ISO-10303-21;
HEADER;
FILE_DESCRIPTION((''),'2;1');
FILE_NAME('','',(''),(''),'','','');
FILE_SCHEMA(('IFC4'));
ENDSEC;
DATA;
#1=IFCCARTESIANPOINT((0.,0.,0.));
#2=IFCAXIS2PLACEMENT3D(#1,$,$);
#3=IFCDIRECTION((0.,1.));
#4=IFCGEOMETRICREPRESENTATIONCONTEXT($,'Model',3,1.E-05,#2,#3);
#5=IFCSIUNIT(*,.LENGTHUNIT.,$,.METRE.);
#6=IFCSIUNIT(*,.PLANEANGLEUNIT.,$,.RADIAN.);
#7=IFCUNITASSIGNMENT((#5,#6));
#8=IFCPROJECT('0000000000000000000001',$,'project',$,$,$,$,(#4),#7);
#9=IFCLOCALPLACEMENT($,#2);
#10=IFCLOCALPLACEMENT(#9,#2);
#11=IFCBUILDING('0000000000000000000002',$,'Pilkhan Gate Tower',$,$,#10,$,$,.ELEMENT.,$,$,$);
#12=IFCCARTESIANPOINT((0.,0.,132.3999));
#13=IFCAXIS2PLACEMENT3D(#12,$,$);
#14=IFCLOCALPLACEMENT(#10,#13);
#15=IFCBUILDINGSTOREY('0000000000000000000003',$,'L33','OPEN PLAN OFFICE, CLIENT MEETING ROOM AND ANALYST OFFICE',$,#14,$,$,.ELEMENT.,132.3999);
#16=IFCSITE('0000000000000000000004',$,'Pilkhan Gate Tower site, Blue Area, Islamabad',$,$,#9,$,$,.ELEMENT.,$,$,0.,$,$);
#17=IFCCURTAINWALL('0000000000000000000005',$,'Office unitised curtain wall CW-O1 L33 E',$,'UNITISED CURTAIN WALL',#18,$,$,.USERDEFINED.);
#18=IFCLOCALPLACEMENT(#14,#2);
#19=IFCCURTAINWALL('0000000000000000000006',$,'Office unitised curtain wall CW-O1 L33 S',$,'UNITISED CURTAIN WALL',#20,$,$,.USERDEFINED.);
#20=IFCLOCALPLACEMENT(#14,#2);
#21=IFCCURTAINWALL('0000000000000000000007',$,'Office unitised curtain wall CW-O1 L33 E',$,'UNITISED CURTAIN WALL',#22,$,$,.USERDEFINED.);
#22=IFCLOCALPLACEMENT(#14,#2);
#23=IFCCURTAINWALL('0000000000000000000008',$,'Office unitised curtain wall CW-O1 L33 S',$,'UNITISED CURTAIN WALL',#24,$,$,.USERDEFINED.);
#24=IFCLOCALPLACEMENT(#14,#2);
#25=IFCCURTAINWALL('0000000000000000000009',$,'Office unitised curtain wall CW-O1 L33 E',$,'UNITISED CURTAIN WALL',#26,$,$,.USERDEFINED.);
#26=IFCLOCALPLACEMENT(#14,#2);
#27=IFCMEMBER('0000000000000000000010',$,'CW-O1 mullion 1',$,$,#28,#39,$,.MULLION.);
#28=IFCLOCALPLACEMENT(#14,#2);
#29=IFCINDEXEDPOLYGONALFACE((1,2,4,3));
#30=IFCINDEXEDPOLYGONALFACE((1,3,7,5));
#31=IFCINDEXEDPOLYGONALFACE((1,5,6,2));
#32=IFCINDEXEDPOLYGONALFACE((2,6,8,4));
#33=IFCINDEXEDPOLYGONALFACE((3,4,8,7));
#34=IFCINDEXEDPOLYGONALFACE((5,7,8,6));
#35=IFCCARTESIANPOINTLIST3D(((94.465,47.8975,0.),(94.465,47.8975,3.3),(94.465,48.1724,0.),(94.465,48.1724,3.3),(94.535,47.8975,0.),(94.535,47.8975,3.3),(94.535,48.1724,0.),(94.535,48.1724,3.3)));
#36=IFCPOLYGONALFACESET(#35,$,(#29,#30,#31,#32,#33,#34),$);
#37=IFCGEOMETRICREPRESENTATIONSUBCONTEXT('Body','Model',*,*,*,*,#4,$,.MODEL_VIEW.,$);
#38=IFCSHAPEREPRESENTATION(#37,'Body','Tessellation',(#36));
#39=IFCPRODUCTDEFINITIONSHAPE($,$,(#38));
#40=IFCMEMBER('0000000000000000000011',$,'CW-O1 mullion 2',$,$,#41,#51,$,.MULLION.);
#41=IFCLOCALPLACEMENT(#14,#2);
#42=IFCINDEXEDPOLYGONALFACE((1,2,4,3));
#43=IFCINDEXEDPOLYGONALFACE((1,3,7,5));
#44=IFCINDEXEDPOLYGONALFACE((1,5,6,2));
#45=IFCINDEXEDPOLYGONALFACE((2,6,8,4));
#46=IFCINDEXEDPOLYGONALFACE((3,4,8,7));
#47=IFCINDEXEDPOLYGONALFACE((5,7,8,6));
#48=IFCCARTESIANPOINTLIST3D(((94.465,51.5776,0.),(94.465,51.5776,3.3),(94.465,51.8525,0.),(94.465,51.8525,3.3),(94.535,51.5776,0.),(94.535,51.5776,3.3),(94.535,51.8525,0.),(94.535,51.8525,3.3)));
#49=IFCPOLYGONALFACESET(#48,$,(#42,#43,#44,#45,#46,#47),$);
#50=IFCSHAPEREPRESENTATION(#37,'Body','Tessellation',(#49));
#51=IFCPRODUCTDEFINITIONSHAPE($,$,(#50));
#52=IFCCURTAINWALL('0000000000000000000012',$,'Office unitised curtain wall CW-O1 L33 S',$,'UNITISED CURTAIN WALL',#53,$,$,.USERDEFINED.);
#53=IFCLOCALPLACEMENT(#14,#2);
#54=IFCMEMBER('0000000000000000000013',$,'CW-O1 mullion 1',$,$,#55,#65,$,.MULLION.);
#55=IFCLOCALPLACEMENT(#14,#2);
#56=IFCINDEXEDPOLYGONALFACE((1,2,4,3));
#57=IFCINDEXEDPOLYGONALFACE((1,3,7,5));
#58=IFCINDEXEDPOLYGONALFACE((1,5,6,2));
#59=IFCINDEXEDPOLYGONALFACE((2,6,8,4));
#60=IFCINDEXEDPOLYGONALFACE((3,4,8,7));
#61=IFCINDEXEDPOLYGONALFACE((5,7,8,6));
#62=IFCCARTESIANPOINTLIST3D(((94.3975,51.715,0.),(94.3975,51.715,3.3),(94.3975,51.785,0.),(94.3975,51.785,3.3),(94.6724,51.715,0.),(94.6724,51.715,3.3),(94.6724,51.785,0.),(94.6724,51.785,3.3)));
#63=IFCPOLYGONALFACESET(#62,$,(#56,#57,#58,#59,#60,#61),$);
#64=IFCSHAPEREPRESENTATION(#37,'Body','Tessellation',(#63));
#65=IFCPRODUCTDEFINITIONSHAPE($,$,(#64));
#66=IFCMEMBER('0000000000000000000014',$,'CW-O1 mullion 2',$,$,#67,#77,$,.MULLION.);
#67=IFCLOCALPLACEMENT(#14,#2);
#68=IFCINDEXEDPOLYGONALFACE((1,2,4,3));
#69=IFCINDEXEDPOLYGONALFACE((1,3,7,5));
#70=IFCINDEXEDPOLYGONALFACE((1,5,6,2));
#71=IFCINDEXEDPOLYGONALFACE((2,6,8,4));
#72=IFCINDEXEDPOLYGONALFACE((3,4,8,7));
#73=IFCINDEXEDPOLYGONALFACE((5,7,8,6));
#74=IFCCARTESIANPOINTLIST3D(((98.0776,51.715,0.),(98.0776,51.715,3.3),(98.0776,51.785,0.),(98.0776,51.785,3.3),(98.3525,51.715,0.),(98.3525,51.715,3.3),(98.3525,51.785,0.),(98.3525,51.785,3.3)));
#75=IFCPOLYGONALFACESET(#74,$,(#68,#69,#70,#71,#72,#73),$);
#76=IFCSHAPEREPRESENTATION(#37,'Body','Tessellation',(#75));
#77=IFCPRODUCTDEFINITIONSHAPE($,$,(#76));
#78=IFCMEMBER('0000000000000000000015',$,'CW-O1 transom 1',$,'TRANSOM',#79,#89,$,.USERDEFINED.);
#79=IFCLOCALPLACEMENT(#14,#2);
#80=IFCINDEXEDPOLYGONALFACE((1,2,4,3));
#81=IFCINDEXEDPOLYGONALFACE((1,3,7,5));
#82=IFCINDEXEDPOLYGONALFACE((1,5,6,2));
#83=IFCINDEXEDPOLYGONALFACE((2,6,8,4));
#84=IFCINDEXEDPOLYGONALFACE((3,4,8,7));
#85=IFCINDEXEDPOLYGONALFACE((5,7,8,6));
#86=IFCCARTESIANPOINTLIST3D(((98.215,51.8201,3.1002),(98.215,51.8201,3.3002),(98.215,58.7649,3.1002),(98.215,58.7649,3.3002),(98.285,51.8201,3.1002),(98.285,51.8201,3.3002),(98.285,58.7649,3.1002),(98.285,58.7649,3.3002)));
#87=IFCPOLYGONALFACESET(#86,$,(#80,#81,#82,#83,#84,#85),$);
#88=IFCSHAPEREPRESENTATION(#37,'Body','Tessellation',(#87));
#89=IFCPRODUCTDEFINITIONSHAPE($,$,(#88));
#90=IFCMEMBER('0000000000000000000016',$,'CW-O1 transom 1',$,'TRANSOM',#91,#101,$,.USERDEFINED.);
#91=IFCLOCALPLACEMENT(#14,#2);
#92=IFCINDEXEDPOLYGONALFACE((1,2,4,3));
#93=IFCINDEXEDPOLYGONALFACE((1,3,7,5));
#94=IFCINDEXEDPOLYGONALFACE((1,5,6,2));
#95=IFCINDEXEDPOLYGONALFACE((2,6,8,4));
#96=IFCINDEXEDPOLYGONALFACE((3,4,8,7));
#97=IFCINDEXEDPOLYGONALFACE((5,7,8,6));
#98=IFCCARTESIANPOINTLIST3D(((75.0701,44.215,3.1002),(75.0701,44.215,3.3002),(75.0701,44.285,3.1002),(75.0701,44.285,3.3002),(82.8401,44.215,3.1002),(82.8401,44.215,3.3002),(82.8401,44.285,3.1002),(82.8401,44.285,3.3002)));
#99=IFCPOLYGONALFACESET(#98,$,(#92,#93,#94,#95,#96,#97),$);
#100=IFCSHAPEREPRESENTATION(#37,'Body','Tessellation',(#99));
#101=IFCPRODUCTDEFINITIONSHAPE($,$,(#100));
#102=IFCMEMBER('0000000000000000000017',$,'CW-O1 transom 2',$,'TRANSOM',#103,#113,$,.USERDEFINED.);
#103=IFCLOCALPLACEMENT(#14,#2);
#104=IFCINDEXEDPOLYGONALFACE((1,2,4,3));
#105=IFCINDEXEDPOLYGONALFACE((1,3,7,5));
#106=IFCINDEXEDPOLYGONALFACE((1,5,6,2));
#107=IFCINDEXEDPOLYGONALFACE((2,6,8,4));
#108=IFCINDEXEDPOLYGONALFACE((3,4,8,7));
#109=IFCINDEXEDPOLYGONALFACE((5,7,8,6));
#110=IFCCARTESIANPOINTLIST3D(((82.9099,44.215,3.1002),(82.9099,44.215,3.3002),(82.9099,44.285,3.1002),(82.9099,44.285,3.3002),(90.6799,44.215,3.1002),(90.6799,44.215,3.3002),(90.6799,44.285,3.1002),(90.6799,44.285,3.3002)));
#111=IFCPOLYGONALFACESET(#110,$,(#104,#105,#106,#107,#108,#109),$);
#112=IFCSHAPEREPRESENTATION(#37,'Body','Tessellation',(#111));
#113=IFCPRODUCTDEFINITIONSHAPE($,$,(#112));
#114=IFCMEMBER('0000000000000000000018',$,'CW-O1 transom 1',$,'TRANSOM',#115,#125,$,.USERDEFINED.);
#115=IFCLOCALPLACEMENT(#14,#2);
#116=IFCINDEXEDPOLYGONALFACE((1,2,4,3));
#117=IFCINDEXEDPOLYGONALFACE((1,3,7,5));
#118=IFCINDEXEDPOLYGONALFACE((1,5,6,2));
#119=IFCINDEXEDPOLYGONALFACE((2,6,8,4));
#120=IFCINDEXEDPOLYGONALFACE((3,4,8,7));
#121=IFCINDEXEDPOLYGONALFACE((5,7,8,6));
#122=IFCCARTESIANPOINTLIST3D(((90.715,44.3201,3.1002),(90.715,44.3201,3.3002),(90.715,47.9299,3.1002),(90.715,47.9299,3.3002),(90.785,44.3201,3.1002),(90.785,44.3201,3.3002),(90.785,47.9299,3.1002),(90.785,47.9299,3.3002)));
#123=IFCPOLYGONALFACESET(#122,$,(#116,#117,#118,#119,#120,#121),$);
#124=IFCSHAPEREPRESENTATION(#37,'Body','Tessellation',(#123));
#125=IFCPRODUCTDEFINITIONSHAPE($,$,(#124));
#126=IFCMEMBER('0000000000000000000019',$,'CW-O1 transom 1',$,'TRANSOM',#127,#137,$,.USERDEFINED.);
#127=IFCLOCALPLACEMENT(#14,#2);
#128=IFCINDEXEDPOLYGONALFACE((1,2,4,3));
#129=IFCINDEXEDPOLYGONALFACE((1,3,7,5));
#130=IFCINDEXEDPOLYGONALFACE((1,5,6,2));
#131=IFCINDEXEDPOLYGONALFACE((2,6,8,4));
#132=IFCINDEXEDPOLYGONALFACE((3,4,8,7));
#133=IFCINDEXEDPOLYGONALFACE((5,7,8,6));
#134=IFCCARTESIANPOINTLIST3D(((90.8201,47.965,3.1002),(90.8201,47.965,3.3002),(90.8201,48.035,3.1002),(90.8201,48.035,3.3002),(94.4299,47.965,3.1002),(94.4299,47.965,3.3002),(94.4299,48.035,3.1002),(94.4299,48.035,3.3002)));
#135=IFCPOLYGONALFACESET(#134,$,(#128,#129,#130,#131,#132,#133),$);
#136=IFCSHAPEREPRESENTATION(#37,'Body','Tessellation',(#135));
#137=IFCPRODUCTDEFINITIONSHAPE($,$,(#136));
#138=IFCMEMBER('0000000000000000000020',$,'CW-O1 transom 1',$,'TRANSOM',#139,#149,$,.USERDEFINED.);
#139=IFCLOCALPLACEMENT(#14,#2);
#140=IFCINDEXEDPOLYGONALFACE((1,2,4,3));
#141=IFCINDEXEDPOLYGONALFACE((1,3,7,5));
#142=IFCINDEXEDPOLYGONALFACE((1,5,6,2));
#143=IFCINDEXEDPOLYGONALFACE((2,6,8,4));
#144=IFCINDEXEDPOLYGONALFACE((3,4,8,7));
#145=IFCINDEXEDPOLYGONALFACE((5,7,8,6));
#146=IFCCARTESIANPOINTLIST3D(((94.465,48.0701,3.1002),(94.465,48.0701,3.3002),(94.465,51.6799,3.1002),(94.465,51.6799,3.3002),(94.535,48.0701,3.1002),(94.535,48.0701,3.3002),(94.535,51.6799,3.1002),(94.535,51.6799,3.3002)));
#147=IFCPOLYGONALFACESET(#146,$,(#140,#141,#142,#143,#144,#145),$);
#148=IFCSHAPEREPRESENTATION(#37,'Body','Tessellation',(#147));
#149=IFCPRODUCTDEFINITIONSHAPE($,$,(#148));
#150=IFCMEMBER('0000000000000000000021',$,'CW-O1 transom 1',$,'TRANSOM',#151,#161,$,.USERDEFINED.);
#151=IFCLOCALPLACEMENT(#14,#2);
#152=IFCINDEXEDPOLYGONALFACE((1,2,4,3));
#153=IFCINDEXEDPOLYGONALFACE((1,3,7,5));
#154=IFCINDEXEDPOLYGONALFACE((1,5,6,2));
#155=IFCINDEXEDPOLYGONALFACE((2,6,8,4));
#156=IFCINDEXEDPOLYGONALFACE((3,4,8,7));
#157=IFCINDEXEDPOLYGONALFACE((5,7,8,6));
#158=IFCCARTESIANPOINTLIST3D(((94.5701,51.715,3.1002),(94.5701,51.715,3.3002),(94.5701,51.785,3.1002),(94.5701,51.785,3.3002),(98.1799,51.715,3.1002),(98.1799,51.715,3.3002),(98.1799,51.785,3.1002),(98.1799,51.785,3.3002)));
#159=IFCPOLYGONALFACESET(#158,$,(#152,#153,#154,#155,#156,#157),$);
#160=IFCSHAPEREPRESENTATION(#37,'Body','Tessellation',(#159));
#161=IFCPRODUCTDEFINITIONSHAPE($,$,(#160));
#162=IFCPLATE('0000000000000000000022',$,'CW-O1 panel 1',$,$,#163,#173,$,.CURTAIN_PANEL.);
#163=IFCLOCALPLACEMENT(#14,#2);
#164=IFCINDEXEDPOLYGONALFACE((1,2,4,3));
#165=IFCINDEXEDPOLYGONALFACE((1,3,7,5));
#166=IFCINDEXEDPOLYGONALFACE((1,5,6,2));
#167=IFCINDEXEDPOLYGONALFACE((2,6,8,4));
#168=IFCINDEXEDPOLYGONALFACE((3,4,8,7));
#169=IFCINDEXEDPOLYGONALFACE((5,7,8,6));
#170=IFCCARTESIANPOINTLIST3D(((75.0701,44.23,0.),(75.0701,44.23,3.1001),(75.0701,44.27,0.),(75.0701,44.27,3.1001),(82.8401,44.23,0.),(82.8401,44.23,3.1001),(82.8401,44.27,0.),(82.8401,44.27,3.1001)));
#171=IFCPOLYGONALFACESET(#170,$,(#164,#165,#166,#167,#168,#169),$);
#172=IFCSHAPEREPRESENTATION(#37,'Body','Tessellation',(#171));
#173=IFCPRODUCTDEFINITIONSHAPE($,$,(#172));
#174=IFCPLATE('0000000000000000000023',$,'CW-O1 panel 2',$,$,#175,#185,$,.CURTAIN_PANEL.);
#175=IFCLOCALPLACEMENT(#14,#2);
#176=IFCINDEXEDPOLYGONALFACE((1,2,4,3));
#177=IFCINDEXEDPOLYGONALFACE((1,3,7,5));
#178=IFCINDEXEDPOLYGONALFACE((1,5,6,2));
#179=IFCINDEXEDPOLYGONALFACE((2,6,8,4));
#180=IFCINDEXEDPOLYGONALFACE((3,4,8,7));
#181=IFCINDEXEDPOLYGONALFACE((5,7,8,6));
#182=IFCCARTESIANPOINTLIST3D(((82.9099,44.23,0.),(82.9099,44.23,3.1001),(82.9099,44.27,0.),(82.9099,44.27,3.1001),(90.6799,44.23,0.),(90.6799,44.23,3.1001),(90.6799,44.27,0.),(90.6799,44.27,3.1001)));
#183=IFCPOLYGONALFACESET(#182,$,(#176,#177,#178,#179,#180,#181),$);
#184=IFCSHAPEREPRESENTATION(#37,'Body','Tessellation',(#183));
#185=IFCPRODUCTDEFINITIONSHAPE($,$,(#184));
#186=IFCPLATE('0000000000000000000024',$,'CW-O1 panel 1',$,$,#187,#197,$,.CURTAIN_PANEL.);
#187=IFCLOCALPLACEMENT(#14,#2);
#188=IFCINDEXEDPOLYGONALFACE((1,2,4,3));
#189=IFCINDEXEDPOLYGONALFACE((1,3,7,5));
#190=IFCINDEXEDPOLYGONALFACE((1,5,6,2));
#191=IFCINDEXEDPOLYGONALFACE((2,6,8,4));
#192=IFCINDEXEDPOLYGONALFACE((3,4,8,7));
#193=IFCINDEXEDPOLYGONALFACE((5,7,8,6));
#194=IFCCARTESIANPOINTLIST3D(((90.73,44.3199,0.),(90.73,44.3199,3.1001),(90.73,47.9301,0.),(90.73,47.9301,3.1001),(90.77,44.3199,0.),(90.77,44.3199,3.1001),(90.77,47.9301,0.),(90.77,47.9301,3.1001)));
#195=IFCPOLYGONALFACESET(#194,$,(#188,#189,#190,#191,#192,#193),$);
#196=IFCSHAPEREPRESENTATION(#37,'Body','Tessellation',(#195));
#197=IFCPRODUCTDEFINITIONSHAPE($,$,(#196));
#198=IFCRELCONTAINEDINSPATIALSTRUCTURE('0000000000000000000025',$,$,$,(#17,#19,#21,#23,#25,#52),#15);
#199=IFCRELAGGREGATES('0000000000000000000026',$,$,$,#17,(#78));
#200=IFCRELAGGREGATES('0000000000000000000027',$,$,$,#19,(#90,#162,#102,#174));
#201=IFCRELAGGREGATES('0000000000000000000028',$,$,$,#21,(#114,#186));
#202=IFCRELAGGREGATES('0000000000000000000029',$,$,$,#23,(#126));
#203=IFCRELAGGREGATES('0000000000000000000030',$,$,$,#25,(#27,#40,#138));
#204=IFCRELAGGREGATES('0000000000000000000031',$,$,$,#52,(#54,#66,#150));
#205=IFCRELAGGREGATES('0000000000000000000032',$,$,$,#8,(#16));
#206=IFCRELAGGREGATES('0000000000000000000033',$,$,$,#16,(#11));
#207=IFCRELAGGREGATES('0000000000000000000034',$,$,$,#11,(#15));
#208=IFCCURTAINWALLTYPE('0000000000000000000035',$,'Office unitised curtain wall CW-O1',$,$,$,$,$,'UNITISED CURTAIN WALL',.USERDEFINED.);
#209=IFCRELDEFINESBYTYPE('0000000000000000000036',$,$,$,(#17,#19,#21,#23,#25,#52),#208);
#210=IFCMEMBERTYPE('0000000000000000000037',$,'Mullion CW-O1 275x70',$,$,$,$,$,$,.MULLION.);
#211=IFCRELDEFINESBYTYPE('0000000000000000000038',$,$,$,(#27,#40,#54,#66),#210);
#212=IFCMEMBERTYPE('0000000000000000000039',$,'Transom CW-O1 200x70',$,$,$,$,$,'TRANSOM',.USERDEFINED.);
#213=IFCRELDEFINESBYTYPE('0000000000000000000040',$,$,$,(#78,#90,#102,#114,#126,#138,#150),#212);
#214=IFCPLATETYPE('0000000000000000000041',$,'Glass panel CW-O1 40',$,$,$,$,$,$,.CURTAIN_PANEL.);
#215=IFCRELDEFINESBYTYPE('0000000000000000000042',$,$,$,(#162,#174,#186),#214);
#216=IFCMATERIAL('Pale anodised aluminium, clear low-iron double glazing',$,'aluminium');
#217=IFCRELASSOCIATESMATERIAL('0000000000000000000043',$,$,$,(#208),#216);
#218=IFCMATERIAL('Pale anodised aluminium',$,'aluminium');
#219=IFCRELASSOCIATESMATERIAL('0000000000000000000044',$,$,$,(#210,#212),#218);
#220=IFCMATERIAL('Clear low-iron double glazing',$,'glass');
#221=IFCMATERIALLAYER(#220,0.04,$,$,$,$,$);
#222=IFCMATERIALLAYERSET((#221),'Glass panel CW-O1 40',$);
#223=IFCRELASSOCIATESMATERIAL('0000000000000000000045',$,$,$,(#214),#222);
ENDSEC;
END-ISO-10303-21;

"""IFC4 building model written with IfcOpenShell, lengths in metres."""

from ifc_helpers import new_model, si_unit, direction, frame, origin, origin_2d, place, context, subcontext, project, spatial, rectangle, extrude, material, layer, layer_set, material_profile, profile_set, type_object, element, aggregate, save


model = new_model("IFC4")

# Units and contexts
model_context = context("Model", 3, precision=1e-05, world=origin(), true_north=direction((0.0, 1.0)))
body_context = subcontext(model_context, "Body", "Model", "MODEL_VIEW")
ifc_project = project(units=[si_unit("LENGTHUNIT", "METRE"), si_unit("PLANEANGLEUNIT", "RADIAN")], contexts=[model_context])

# Site, building, storey
site_placement = place(None, origin())
site = spatial("IfcSite", under=ifc_project, at=site_placement, Name="Pilkhan Gate Tower site, Blue Area, Islamabad", CompositionType="ELEMENT", RefElevation=0.0)
building_placement = place(site_placement, origin())
building = spatial("IfcBuilding", under=site, at=building_placement, Name="Pilkhan Gate Tower", CompositionType="ELEMENT")
storey_placement = place(building_placement, frame((0.0, 0.0, 132.3999)))
storey = spatial("IfcBuildingStorey", under=building, at=storey_placement, Name="L33", Description="OPEN PLAN OFFICE, CLIENT MEETING ROOM AND ANALYST OFFICE", CompositionType="ELEMENT", Elevation=132.3999)

# Curtain wall
ifc_material_1 = material(Name="Pale anodised aluminium, clear low-iron double glazing", Category="aluminium")
curtain_wall_type = type_object("IfcCurtainWallType", Name="Office unitised curtain wall CW-O1", ElementType="UNITISED CURTAIN WALL", PredefinedType="USERDEFINED", material=ifc_material_1)
curtain_wall_1_placement = place(storey_placement, origin())
curtain_wall_1 = element("IfcCurtainWall", 1, at=curtain_wall_1_placement, inside=storey, type_object=curtain_wall_type, Name="Office unitised curtain wall CW-O1 L33 E", ObjectType="UNITISED CURTAIN WALL", PredefinedType="USERDEFINED")
ifc_material_2 = material(Name="Pale anodised aluminium", Category="aluminium")
ifc_material_profile_1 = material_profile(ifc_material_2, rectangle(XDim=0.0701, YDim=0.2749, at=origin_2d()), Name="Mullion 275x70")
ifc_profile_set_1 = profile_set([ifc_material_profile_1], Name="Pale anodised aluminium")
member_type_1 = type_object("IfcMemberType", Name="Mullion CW-O1 275x70", PredefinedType="MULLION", material=ifc_profile_set_1)

# Curtain walls, members
curtain_wall_2_placement = place(storey_placement, origin())
curtain_wall_2 = element("IfcCurtainWall", 2, at=curtain_wall_2_placement, inside=storey, type_object=curtain_wall_type, Name="Office unitised curtain wall CW-O1 L33 S", ObjectType="UNITISED CURTAIN WALL", PredefinedType="USERDEFINED")
curtain_wall_3_placement = place(storey_placement, origin())
curtain_wall_3 = element("IfcCurtainWall", 3, at=curtain_wall_3_placement, inside=storey, type_object=curtain_wall_type, Name="Office unitised curtain wall CW-O1 L33 E", ObjectType="UNITISED CURTAIN WALL", PredefinedType="USERDEFINED")
curtain_wall_4_placement = place(storey_placement, origin())
curtain_wall_4 = element("IfcCurtainWall", 4, at=curtain_wall_4_placement, inside=storey, type_object=curtain_wall_type, Name="Office unitised curtain wall CW-O1 L33 S", ObjectType="UNITISED CURTAIN WALL", PredefinedType="USERDEFINED")
curtain_wall_5_placement = place(storey_placement, origin())
curtain_wall_5 = element("IfcCurtainWall", 5, at=curtain_wall_5_placement, inside=storey, type_object=curtain_wall_type, Name="Office unitised curtain wall CW-O1 L33 E", ObjectType="UNITISED CURTAIN WALL", PredefinedType="USERDEFINED")
member_1_placement = place(storey_placement, frame((94.5, 48.0349, 0.0), z_axis=(0.0, 0.0, 1.0), x_axis=(-1.0, 0.0, 0.0)))
member_1 = element("IfcMember", 6, at=member_1_placement, type_object=member_type_1, Name="CW-O1 mullion 1", PredefinedType="MULLION", context=body_context, shape_type="SweptSolid", body=[
    extrude(rectangle(XDim=0.0701, YDim=0.2749, at=origin_2d()), origin(), (0.0, 0.0, 1.0), 3.3),
])
member_2_placement = place(storey_placement, frame((94.5, 51.7151, 0.0), z_axis=(0.0, 0.0, 1.0), x_axis=(-1.0, 0.0, 0.0)))
member_2 = element("IfcMember", 7, at=member_2_placement, type_object=member_type_1, Name="CW-O1 mullion 2", PredefinedType="MULLION", context=body_context, shape_type="SweptSolid", body=[
    extrude(rectangle(XDim=0.0701, YDim=0.2749, at=origin_2d()), origin(), (0.0, 0.0, 1.0), 3.3),
])
curtain_wall_6_placement = place(storey_placement, origin())
curtain_wall_6 = element("IfcCurtainWall", 8, at=curtain_wall_6_placement, inside=storey, type_object=curtain_wall_type, Name="Office unitised curtain wall CW-O1 L33 S", ObjectType="UNITISED CURTAIN WALL", PredefinedType="USERDEFINED")
member_3_placement = place(storey_placement, frame((94.5349, 51.75, 0.0), z_axis=(0.0, 0.0, 1.0), x_axis=(0.0, 1.0, 0.0)))
member_3 = element("IfcMember", 9, at=member_3_placement, type_object=member_type_1, Name="CW-O1 mullion 1", PredefinedType="MULLION", context=body_context, shape_type="SweptSolid", body=[
    extrude(rectangle(XDim=0.0701, YDim=0.2749, at=origin_2d()), origin(), (0.0, 0.0, 1.0), 3.3),
])
member_4_placement = place(storey_placement, frame((98.2151, 51.75, 0.0), z_axis=(0.0, 0.0, 1.0), x_axis=(0.0, 1.0, 0.0)))
member_4 = element("IfcMember", 10, at=member_4_placement, type_object=member_type_1, Name="CW-O1 mullion 2", PredefinedType="MULLION", context=body_context, shape_type="SweptSolid", body=[
    extrude(rectangle(XDim=0.0701, YDim=0.2749, at=origin_2d()), origin(), (0.0, 0.0, 1.0), 3.3),
])

# Members
ifc_material_profile_2 = material_profile(ifc_material_2, rectangle(XDim=0.0701, YDim=0.2, at=origin_2d()), Name="Transom 200x70")
ifc_profile_set_2 = profile_set([ifc_material_profile_2], Name="Pale anodised aluminium")
member_type_2 = type_object("IfcMemberType", Name="Transom CW-O1 200x70", ElementType="TRANSOM", PredefinedType="USERDEFINED", material=ifc_profile_set_2)
member_5_placement = place(storey_placement, frame((98.25, 51.8201, 3.2002), z_axis=(0.0, 1.0, 0.0), x_axis=(-1.0, 0.0, 0.0)))
member_5 = element("IfcMember", 11, at=member_5_placement, type_object=member_type_2, Name="CW-O1 transom 1", ObjectType="TRANSOM", PredefinedType="USERDEFINED", context=body_context, shape_type="SweptSolid", body=[
    extrude(rectangle(XDim=0.0701, YDim=0.2, at=origin_2d()), origin(), (0.0, 0.0, 1.0), 6.9448),
])
aggregate(curtain_wall_1, [member_5])
member_6_placement = place(storey_placement, frame((75.0701, 44.25, 3.2002), z_axis=(1.0, 0.0, 0.0), x_axis=(0.0, 1.0, 0.0)))
member_6 = element("IfcMember", 12, at=member_6_placement, type_object=member_type_2, Name="CW-O1 transom 1", ObjectType="TRANSOM", PredefinedType="USERDEFINED", context=body_context, shape_type="SweptSolid", body=[
    extrude(rectangle(XDim=0.0701, YDim=0.2, at=origin_2d()), origin(), (0.0, 0.0, 1.0), 7.77),
])
member_7_placement = place(storey_placement, frame((82.9099, 44.25, 3.2002), z_axis=(1.0, 0.0, 0.0), x_axis=(0.0, 1.0, 0.0)))
member_7 = element("IfcMember", 13, at=member_7_placement, type_object=member_type_2, Name="CW-O1 transom 2", ObjectType="TRANSOM", PredefinedType="USERDEFINED", context=body_context, shape_type="SweptSolid", body=[
    extrude(rectangle(XDim=0.0701, YDim=0.2, at=origin_2d()), origin(), (0.0, 0.0, 1.0), 7.77),
])
member_8_placement = place(storey_placement, frame((90.75, 44.3201, 3.2002), z_axis=(0.0, 1.0, 0.0), x_axis=(-1.0, 0.0, 0.0)))
member_8 = element("IfcMember", 14, at=member_8_placement, type_object=member_type_2, Name="CW-O1 transom 1", ObjectType="TRANSOM", PredefinedType="USERDEFINED", context=body_context, shape_type="SweptSolid", body=[
    extrude(rectangle(XDim=0.0701, YDim=0.2, at=origin_2d()), origin(), (0.0, 0.0, 1.0), 3.6099),
])
member_9_placement = place(storey_placement, frame((90.8201, 48.0, 3.2002), z_axis=(1.0, 0.0, 0.0), x_axis=(0.0, 1.0, 0.0)))
member_9 = element("IfcMember", 15, at=member_9_placement, type_object=member_type_2, Name="CW-O1 transom 1", ObjectType="TRANSOM", PredefinedType="USERDEFINED", context=body_context, shape_type="SweptSolid", body=[
    extrude(rectangle(XDim=0.0701, YDim=0.2, at=origin_2d()), origin(), (0.0, 0.0, 1.0), 3.6099),
])
member_10_placement = place(storey_placement, frame((94.5, 48.0701, 3.2002), z_axis=(0.0, 1.0, 0.0), x_axis=(-1.0, 0.0, 0.0)))
member_10 = element("IfcMember", 16, at=member_10_placement, type_object=member_type_2, Name="CW-O1 transom 1", ObjectType="TRANSOM", PredefinedType="USERDEFINED", context=body_context, shape_type="SweptSolid", body=[
    extrude(rectangle(XDim=0.0701, YDim=0.2, at=origin_2d()), origin(), (0.0, 0.0, 1.0), 3.6099),
])
member_11_placement = place(storey_placement, frame((94.5701, 51.75, 3.2002), z_axis=(1.0, 0.0, 0.0), x_axis=(0.0, 1.0, 0.0)))
member_11 = element("IfcMember", 17, at=member_11_placement, type_object=member_type_2, Name="CW-O1 transom 1", ObjectType="TRANSOM", PredefinedType="USERDEFINED", context=body_context, shape_type="SweptSolid", body=[
    extrude(rectangle(XDim=0.0701, YDim=0.2, at=origin_2d()), origin(), (0.0, 0.0, 1.0), 3.6099),
])

# Plates
ifc_material_3 = material(Name="Clear low-iron double glazing", Category="glass")
ifc_layer_1 = layer(ifc_material_3, 0.04)
ifc_layer_set_1 = layer_set([ifc_layer_1], Name="Glass panel CW-O1 40")
plate_type = type_object("IfcPlateType", Name="Glass panel CW-O1 40", PredefinedType="CURTAIN_PANEL", material=ifc_layer_set_1)
plate_1_placement = place(storey_placement, frame((78.9551, 44.25, 0.0), z_axis=(0.0, 0.0, 1.0), x_axis=(1.0, 0.0, 0.0)))
plate_1 = element("IfcPlate", 18, at=plate_1_placement, type_object=plate_type, Name="CW-O1 panel 1", PredefinedType="CURTAIN_PANEL", context=body_context, shape_type="SweptSolid", body=[
    extrude(rectangle(XDim=7.77, YDim=0.04, at=origin_2d()), origin(), (0.0, 0.0, 1.0), 3.1001),
])
plate_2_placement = place(storey_placement, frame((86.7949, 44.25, 0.0), z_axis=(0.0, 0.0, 1.0), x_axis=(1.0, 0.0, 0.0)))
plate_2 = element("IfcPlate", 19, at=plate_2_placement, type_object=plate_type, Name="CW-O1 panel 2", PredefinedType="CURTAIN_PANEL", context=body_context, shape_type="SweptSolid", body=[
    extrude(rectangle(XDim=7.77, YDim=0.04, at=origin_2d()), origin(), (0.0, 0.0, 1.0), 3.1001),
])
aggregate(curtain_wall_2, [member_6, plate_1, member_7, plate_2])
plate_3_placement = place(storey_placement, frame((90.75, 46.125, 0.0), z_axis=(0.0, 0.0, 1.0), x_axis=(0.0, 1.0, 0.0)))
plate_3 = element("IfcPlate", 20, at=plate_3_placement, type_object=plate_type, Name="CW-O1 panel 1", PredefinedType="CURTAIN_PANEL", context=body_context, shape_type="SweptSolid", body=[
    extrude(rectangle(XDim=3.6101, YDim=0.04, at=origin_2d()), origin(), (0.0, 0.0, 1.0), 3.1001),
])
aggregate(curtain_wall_3, [member_8, plate_3])
aggregate(curtain_wall_4, [member_9])
aggregate(curtain_wall_5, [member_1, member_2, member_10])
aggregate(curtain_wall_6, [member_3, member_4, member_11])

save(model, "model.ifc")
